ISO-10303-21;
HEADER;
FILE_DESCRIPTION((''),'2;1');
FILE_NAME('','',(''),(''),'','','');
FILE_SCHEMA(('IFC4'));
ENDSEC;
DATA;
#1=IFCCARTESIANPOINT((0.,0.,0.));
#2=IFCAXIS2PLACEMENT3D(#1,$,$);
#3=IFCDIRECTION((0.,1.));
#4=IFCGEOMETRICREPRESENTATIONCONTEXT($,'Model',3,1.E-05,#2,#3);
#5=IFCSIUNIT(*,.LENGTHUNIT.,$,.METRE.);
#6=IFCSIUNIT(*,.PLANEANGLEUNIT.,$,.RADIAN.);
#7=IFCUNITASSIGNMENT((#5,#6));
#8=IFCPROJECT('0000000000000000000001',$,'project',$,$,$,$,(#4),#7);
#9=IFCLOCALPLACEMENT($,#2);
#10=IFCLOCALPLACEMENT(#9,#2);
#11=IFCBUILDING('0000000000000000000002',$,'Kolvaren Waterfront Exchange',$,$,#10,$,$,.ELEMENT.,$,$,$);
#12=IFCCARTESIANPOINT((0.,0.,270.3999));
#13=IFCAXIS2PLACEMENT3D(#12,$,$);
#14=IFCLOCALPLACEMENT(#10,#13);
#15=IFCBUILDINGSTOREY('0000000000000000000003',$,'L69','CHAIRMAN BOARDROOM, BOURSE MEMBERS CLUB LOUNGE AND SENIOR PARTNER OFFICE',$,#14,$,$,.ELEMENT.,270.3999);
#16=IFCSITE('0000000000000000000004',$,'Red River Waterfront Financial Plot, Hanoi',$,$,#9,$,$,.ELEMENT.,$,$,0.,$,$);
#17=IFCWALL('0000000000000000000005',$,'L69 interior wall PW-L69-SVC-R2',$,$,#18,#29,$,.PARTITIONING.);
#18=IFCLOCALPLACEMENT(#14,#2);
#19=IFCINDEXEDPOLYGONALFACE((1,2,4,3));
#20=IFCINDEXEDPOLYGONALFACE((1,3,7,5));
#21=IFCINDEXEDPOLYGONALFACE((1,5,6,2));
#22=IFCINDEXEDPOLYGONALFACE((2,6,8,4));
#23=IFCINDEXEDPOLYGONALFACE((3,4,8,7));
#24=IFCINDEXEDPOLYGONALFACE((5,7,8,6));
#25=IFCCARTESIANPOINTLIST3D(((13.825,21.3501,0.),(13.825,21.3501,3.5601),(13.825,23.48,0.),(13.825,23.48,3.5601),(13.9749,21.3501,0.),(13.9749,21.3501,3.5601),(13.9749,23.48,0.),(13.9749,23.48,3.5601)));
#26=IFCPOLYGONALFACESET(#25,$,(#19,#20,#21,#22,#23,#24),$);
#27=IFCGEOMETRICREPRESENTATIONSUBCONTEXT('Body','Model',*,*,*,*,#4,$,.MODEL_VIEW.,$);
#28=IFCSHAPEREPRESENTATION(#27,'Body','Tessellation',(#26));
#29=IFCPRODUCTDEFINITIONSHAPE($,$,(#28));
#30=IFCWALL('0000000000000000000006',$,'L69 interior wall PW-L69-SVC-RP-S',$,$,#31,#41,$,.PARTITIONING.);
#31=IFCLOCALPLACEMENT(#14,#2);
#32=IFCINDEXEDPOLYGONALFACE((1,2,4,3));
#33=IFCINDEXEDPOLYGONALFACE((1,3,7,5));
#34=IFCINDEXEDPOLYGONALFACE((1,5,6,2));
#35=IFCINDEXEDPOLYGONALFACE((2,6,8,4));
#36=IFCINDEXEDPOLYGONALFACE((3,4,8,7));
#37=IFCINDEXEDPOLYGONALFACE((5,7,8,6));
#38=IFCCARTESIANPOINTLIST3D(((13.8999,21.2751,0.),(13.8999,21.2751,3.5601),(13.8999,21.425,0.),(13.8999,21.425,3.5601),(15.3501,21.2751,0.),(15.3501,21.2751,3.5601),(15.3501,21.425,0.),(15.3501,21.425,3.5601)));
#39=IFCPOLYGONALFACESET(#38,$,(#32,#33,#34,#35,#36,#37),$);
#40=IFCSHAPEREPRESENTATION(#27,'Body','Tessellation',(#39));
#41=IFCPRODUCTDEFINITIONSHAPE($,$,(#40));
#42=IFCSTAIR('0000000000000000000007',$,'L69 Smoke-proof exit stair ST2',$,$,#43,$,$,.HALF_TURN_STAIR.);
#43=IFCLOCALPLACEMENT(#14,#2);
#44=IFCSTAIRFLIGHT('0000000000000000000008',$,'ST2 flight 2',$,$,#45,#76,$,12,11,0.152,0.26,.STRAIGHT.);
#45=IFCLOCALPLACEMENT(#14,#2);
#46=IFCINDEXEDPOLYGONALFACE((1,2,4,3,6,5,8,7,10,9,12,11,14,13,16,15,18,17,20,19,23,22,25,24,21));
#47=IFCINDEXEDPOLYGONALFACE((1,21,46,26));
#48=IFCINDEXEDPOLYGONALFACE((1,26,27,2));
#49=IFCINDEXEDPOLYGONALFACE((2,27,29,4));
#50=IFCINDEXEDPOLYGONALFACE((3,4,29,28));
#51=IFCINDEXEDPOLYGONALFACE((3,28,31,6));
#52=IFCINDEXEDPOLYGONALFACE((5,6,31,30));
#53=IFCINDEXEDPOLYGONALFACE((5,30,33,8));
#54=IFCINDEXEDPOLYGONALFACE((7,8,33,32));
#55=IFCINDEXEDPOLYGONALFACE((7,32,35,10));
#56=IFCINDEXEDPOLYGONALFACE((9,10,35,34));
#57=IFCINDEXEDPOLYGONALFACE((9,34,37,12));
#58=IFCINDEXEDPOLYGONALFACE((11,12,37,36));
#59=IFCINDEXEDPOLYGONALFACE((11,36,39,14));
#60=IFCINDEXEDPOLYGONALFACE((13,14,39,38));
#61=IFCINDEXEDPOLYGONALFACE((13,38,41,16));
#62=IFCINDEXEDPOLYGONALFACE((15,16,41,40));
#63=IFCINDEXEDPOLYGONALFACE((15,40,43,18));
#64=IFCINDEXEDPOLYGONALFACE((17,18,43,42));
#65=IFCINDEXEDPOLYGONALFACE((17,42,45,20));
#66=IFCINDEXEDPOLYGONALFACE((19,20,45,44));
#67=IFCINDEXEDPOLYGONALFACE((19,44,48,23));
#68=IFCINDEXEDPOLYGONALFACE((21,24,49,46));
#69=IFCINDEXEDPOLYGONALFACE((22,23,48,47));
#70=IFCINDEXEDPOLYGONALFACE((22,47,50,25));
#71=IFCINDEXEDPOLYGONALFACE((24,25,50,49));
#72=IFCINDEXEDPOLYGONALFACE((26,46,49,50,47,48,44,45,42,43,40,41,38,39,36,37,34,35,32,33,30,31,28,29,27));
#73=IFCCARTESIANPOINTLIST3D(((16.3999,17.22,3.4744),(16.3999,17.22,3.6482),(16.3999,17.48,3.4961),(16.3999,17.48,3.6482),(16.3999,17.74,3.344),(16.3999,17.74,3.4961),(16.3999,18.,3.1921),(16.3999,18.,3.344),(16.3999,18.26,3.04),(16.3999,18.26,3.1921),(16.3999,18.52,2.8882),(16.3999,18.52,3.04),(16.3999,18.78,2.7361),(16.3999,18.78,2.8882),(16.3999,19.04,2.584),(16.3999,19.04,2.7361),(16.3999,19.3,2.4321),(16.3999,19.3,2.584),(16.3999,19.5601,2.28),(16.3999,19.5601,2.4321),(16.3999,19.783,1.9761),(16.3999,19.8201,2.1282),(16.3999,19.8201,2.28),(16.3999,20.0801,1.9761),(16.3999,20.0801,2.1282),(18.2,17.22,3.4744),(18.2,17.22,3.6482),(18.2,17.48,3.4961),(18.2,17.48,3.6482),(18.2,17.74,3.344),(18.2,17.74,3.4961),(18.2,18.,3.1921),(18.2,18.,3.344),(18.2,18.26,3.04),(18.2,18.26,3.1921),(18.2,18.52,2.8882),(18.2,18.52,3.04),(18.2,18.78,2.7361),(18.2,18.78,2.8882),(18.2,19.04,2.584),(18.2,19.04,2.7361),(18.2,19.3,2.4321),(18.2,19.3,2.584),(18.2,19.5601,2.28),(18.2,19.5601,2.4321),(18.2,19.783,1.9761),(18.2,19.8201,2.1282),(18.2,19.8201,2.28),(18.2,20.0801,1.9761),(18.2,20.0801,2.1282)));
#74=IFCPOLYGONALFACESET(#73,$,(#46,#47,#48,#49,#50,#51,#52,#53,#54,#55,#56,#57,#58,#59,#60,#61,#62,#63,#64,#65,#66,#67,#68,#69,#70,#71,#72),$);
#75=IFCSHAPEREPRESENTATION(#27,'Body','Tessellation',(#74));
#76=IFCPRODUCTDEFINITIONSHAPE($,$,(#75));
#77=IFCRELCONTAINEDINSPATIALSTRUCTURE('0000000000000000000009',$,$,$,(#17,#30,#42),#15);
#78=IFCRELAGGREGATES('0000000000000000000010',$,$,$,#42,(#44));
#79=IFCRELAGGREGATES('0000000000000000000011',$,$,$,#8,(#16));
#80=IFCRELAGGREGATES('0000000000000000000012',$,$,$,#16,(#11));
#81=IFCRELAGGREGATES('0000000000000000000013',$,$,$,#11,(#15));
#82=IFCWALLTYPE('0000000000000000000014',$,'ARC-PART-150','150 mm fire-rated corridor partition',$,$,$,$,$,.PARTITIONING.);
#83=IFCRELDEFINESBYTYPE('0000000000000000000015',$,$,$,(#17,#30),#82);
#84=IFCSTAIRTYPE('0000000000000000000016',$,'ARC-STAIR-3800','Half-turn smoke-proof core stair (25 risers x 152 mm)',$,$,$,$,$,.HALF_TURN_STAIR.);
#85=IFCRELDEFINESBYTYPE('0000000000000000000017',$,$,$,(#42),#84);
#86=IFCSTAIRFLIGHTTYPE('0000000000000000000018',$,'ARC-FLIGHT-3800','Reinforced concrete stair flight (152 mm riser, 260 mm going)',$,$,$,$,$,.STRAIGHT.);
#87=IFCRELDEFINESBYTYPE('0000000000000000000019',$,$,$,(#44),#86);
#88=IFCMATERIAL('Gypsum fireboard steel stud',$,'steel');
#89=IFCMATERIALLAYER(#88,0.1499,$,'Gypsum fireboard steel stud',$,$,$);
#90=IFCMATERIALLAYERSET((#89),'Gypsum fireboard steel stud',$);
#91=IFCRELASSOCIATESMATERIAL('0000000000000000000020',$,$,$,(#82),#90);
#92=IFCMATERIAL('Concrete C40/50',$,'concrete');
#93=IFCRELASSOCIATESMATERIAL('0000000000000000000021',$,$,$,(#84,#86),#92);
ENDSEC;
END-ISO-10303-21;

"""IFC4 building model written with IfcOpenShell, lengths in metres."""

from ifc_helpers import new_model, si_unit, direction, frame, frame_2d, origin, place, context, subcontext, project, spatial, polyline, rectangle, outline, extrude, material, layer, layer_set, type_object, element, aggregate, save


model = new_model("IFC4")

# Units and contexts
model_context = context("Model", 3, precision=1e-05, world=origin(), true_north=direction((0.0, 1.0)))
body_context = subcontext(model_context, "Body", "Model", "MODEL_VIEW")
ifc_project = project(units=[si_unit("LENGTHUNIT", "METRE"), si_unit("PLANEANGLEUNIT", "RADIAN")], contexts=[model_context])

# Site, building, storey
site_placement = place(None, origin())
site = spatial("IfcSite", under=ifc_project, at=site_placement, Name="Red River Waterfront Financial Plot, Hanoi", CompositionType="ELEMENT", RefElevation=0.0)
building_placement = place(site_placement, origin())
building = spatial("IfcBuilding", under=site, at=building_placement, Name="Kolvaren Waterfront Exchange", CompositionType="ELEMENT")
storey_placement = place(building_placement, frame((0.0, 0.0, 270.3999)))
storey = spatial("IfcBuildingStorey", under=building, at=storey_placement, Name="L69", Description="CHAIRMAN BOARDROOM, BOURSE MEMBERS CLUB LOUNGE AND SENIOR PARTNER OFFICE", CompositionType="ELEMENT", Elevation=270.3999)

# Walls
ifc_material_1 = material(Name="Gypsum fireboard steel stud", Category="steel")
ifc_layer_1 = layer(ifc_material_1, 0.1499, Name="Gypsum fireboard steel stud")
ifc_layer_set_1 = layer_set([ifc_layer_1], Name="Gypsum fireboard steel stud")
wall_type_1 = type_object("IfcWallType", Name="ARC-PART-150", Description="150 mm fire-rated corridor partition", PredefinedType="PARTITIONING", material=ifc_layer_set_1)
wall_1_placement = place(storey_placement, frame((13.8999, 21.3501, 0.0), z_axis=(0.0, 0.0, 1.0), x_axis=(0.0, 1.0, 0.0)))
element("IfcWall", 1, at=wall_1_placement, inside=storey, type_object=wall_type_1, Name="L69 interior wall PW-L69-SVC-R2", PredefinedType="PARTITIONING", context=body_context, shape_type="SweptSolid", body=[
    extrude(rectangle(XDim=2.1299, YDim=0.1499, at=frame_2d((1.0649, 0.0))), origin(), (0.0, 0.0, 1.0), 3.5601),
])
wall_2_placement = place(storey_placement, frame((13.8999, 21.3501, 0.0), z_axis=(0.0, 0.0, 1.0), x_axis=(1.0, 0.0, 0.0)))
element("IfcWall", 2, at=wall_2_placement, inside=storey, type_object=wall_type_1, Name="L69 interior wall PW-L69-SVC-RP-S", PredefinedType="PARTITIONING", context=body_context, shape_type="SweptSolid", body=[
    extrude(rectangle(XDim=1.4502, YDim=0.1499, at=frame_2d((0.7251, 0.0))), origin(), (0.0, 0.0, 1.0), 3.5601),
])

# Stair, stair flight
ifc_material_2 = material(Name="Concrete C40/50", Category="concrete")
stair_type = type_object("IfcStairType", Name="ARC-STAIR-3800", Description="Half-turn smoke-proof core stair (25 risers x 152 mm)", PredefinedType="HALF_TURN_STAIR", material=ifc_material_2)
stair_placement = place(storey_placement, origin())
stair = element("IfcStair", 3, at=stair_placement, inside=storey, type_object=stair_type, Name="L69 Smoke-proof exit stair ST2", PredefinedType="HALF_TURN_STAIR")
stair_flight_type = type_object("IfcStairFlightType", Name="ARC-FLIGHT-3800", Description="Reinforced concrete stair flight (152 mm riser, 260 mm going)", PredefinedType="STRAIGHT", material=ifc_material_2)
stair_flight_placement = place(storey_placement, frame((17.3, 20.0801, 1.9761), z_axis=(0.0, 0.0, 1.0), x_axis=(0.0, -1.0, 0.0)))
stair_flight = element("IfcStairFlight", 4, at=stair_flight_placement, type_object=stair_flight_type, Name="ST2 flight 2", NumberOfRisers=12, NumberOfTreads=11, PredefinedType="STRAIGHT", RiserHeight=0.152, TreadLength=0.26, context=body_context, shape_type="SweptSolid", body=[
    extrude(outline(polyline([(0.0, 0.0), (0.0, 0.1521), (0.26, 0.1521), (0.26, 0.304), (0.52, 0.304), (0.52, 0.4561), (0.78, 0.4561), (0.78, 0.6079), (1.04, 0.6079), (1.04, 0.76), (1.3, 0.76), (1.3, 0.9121), (1.5601, 0.9121), (1.5601, 1.064), (1.8201, 1.064), (1.8201, 1.2161), (2.0801, 1.2161), (2.0801, 1.3679), (2.3401, 1.3679), (2.3401, 1.52), (2.6001, 1.52), (2.6001, 1.6721), (2.8601, 1.6721), (2.8601, 1.824), (2.8601, 1.4983), (0.2971, 0.0), (0.0, 0.0)])), frame((0.0, 0.8999, 0.0), z_axis=(0.0, -1.0, 0.0), x_axis=(1.0, 0.0, 0.0)), (0.0, 0.0, 1.0), 1.8),
])
aggregate(stair, [stair_flight])

save(model, "model.ifc")
